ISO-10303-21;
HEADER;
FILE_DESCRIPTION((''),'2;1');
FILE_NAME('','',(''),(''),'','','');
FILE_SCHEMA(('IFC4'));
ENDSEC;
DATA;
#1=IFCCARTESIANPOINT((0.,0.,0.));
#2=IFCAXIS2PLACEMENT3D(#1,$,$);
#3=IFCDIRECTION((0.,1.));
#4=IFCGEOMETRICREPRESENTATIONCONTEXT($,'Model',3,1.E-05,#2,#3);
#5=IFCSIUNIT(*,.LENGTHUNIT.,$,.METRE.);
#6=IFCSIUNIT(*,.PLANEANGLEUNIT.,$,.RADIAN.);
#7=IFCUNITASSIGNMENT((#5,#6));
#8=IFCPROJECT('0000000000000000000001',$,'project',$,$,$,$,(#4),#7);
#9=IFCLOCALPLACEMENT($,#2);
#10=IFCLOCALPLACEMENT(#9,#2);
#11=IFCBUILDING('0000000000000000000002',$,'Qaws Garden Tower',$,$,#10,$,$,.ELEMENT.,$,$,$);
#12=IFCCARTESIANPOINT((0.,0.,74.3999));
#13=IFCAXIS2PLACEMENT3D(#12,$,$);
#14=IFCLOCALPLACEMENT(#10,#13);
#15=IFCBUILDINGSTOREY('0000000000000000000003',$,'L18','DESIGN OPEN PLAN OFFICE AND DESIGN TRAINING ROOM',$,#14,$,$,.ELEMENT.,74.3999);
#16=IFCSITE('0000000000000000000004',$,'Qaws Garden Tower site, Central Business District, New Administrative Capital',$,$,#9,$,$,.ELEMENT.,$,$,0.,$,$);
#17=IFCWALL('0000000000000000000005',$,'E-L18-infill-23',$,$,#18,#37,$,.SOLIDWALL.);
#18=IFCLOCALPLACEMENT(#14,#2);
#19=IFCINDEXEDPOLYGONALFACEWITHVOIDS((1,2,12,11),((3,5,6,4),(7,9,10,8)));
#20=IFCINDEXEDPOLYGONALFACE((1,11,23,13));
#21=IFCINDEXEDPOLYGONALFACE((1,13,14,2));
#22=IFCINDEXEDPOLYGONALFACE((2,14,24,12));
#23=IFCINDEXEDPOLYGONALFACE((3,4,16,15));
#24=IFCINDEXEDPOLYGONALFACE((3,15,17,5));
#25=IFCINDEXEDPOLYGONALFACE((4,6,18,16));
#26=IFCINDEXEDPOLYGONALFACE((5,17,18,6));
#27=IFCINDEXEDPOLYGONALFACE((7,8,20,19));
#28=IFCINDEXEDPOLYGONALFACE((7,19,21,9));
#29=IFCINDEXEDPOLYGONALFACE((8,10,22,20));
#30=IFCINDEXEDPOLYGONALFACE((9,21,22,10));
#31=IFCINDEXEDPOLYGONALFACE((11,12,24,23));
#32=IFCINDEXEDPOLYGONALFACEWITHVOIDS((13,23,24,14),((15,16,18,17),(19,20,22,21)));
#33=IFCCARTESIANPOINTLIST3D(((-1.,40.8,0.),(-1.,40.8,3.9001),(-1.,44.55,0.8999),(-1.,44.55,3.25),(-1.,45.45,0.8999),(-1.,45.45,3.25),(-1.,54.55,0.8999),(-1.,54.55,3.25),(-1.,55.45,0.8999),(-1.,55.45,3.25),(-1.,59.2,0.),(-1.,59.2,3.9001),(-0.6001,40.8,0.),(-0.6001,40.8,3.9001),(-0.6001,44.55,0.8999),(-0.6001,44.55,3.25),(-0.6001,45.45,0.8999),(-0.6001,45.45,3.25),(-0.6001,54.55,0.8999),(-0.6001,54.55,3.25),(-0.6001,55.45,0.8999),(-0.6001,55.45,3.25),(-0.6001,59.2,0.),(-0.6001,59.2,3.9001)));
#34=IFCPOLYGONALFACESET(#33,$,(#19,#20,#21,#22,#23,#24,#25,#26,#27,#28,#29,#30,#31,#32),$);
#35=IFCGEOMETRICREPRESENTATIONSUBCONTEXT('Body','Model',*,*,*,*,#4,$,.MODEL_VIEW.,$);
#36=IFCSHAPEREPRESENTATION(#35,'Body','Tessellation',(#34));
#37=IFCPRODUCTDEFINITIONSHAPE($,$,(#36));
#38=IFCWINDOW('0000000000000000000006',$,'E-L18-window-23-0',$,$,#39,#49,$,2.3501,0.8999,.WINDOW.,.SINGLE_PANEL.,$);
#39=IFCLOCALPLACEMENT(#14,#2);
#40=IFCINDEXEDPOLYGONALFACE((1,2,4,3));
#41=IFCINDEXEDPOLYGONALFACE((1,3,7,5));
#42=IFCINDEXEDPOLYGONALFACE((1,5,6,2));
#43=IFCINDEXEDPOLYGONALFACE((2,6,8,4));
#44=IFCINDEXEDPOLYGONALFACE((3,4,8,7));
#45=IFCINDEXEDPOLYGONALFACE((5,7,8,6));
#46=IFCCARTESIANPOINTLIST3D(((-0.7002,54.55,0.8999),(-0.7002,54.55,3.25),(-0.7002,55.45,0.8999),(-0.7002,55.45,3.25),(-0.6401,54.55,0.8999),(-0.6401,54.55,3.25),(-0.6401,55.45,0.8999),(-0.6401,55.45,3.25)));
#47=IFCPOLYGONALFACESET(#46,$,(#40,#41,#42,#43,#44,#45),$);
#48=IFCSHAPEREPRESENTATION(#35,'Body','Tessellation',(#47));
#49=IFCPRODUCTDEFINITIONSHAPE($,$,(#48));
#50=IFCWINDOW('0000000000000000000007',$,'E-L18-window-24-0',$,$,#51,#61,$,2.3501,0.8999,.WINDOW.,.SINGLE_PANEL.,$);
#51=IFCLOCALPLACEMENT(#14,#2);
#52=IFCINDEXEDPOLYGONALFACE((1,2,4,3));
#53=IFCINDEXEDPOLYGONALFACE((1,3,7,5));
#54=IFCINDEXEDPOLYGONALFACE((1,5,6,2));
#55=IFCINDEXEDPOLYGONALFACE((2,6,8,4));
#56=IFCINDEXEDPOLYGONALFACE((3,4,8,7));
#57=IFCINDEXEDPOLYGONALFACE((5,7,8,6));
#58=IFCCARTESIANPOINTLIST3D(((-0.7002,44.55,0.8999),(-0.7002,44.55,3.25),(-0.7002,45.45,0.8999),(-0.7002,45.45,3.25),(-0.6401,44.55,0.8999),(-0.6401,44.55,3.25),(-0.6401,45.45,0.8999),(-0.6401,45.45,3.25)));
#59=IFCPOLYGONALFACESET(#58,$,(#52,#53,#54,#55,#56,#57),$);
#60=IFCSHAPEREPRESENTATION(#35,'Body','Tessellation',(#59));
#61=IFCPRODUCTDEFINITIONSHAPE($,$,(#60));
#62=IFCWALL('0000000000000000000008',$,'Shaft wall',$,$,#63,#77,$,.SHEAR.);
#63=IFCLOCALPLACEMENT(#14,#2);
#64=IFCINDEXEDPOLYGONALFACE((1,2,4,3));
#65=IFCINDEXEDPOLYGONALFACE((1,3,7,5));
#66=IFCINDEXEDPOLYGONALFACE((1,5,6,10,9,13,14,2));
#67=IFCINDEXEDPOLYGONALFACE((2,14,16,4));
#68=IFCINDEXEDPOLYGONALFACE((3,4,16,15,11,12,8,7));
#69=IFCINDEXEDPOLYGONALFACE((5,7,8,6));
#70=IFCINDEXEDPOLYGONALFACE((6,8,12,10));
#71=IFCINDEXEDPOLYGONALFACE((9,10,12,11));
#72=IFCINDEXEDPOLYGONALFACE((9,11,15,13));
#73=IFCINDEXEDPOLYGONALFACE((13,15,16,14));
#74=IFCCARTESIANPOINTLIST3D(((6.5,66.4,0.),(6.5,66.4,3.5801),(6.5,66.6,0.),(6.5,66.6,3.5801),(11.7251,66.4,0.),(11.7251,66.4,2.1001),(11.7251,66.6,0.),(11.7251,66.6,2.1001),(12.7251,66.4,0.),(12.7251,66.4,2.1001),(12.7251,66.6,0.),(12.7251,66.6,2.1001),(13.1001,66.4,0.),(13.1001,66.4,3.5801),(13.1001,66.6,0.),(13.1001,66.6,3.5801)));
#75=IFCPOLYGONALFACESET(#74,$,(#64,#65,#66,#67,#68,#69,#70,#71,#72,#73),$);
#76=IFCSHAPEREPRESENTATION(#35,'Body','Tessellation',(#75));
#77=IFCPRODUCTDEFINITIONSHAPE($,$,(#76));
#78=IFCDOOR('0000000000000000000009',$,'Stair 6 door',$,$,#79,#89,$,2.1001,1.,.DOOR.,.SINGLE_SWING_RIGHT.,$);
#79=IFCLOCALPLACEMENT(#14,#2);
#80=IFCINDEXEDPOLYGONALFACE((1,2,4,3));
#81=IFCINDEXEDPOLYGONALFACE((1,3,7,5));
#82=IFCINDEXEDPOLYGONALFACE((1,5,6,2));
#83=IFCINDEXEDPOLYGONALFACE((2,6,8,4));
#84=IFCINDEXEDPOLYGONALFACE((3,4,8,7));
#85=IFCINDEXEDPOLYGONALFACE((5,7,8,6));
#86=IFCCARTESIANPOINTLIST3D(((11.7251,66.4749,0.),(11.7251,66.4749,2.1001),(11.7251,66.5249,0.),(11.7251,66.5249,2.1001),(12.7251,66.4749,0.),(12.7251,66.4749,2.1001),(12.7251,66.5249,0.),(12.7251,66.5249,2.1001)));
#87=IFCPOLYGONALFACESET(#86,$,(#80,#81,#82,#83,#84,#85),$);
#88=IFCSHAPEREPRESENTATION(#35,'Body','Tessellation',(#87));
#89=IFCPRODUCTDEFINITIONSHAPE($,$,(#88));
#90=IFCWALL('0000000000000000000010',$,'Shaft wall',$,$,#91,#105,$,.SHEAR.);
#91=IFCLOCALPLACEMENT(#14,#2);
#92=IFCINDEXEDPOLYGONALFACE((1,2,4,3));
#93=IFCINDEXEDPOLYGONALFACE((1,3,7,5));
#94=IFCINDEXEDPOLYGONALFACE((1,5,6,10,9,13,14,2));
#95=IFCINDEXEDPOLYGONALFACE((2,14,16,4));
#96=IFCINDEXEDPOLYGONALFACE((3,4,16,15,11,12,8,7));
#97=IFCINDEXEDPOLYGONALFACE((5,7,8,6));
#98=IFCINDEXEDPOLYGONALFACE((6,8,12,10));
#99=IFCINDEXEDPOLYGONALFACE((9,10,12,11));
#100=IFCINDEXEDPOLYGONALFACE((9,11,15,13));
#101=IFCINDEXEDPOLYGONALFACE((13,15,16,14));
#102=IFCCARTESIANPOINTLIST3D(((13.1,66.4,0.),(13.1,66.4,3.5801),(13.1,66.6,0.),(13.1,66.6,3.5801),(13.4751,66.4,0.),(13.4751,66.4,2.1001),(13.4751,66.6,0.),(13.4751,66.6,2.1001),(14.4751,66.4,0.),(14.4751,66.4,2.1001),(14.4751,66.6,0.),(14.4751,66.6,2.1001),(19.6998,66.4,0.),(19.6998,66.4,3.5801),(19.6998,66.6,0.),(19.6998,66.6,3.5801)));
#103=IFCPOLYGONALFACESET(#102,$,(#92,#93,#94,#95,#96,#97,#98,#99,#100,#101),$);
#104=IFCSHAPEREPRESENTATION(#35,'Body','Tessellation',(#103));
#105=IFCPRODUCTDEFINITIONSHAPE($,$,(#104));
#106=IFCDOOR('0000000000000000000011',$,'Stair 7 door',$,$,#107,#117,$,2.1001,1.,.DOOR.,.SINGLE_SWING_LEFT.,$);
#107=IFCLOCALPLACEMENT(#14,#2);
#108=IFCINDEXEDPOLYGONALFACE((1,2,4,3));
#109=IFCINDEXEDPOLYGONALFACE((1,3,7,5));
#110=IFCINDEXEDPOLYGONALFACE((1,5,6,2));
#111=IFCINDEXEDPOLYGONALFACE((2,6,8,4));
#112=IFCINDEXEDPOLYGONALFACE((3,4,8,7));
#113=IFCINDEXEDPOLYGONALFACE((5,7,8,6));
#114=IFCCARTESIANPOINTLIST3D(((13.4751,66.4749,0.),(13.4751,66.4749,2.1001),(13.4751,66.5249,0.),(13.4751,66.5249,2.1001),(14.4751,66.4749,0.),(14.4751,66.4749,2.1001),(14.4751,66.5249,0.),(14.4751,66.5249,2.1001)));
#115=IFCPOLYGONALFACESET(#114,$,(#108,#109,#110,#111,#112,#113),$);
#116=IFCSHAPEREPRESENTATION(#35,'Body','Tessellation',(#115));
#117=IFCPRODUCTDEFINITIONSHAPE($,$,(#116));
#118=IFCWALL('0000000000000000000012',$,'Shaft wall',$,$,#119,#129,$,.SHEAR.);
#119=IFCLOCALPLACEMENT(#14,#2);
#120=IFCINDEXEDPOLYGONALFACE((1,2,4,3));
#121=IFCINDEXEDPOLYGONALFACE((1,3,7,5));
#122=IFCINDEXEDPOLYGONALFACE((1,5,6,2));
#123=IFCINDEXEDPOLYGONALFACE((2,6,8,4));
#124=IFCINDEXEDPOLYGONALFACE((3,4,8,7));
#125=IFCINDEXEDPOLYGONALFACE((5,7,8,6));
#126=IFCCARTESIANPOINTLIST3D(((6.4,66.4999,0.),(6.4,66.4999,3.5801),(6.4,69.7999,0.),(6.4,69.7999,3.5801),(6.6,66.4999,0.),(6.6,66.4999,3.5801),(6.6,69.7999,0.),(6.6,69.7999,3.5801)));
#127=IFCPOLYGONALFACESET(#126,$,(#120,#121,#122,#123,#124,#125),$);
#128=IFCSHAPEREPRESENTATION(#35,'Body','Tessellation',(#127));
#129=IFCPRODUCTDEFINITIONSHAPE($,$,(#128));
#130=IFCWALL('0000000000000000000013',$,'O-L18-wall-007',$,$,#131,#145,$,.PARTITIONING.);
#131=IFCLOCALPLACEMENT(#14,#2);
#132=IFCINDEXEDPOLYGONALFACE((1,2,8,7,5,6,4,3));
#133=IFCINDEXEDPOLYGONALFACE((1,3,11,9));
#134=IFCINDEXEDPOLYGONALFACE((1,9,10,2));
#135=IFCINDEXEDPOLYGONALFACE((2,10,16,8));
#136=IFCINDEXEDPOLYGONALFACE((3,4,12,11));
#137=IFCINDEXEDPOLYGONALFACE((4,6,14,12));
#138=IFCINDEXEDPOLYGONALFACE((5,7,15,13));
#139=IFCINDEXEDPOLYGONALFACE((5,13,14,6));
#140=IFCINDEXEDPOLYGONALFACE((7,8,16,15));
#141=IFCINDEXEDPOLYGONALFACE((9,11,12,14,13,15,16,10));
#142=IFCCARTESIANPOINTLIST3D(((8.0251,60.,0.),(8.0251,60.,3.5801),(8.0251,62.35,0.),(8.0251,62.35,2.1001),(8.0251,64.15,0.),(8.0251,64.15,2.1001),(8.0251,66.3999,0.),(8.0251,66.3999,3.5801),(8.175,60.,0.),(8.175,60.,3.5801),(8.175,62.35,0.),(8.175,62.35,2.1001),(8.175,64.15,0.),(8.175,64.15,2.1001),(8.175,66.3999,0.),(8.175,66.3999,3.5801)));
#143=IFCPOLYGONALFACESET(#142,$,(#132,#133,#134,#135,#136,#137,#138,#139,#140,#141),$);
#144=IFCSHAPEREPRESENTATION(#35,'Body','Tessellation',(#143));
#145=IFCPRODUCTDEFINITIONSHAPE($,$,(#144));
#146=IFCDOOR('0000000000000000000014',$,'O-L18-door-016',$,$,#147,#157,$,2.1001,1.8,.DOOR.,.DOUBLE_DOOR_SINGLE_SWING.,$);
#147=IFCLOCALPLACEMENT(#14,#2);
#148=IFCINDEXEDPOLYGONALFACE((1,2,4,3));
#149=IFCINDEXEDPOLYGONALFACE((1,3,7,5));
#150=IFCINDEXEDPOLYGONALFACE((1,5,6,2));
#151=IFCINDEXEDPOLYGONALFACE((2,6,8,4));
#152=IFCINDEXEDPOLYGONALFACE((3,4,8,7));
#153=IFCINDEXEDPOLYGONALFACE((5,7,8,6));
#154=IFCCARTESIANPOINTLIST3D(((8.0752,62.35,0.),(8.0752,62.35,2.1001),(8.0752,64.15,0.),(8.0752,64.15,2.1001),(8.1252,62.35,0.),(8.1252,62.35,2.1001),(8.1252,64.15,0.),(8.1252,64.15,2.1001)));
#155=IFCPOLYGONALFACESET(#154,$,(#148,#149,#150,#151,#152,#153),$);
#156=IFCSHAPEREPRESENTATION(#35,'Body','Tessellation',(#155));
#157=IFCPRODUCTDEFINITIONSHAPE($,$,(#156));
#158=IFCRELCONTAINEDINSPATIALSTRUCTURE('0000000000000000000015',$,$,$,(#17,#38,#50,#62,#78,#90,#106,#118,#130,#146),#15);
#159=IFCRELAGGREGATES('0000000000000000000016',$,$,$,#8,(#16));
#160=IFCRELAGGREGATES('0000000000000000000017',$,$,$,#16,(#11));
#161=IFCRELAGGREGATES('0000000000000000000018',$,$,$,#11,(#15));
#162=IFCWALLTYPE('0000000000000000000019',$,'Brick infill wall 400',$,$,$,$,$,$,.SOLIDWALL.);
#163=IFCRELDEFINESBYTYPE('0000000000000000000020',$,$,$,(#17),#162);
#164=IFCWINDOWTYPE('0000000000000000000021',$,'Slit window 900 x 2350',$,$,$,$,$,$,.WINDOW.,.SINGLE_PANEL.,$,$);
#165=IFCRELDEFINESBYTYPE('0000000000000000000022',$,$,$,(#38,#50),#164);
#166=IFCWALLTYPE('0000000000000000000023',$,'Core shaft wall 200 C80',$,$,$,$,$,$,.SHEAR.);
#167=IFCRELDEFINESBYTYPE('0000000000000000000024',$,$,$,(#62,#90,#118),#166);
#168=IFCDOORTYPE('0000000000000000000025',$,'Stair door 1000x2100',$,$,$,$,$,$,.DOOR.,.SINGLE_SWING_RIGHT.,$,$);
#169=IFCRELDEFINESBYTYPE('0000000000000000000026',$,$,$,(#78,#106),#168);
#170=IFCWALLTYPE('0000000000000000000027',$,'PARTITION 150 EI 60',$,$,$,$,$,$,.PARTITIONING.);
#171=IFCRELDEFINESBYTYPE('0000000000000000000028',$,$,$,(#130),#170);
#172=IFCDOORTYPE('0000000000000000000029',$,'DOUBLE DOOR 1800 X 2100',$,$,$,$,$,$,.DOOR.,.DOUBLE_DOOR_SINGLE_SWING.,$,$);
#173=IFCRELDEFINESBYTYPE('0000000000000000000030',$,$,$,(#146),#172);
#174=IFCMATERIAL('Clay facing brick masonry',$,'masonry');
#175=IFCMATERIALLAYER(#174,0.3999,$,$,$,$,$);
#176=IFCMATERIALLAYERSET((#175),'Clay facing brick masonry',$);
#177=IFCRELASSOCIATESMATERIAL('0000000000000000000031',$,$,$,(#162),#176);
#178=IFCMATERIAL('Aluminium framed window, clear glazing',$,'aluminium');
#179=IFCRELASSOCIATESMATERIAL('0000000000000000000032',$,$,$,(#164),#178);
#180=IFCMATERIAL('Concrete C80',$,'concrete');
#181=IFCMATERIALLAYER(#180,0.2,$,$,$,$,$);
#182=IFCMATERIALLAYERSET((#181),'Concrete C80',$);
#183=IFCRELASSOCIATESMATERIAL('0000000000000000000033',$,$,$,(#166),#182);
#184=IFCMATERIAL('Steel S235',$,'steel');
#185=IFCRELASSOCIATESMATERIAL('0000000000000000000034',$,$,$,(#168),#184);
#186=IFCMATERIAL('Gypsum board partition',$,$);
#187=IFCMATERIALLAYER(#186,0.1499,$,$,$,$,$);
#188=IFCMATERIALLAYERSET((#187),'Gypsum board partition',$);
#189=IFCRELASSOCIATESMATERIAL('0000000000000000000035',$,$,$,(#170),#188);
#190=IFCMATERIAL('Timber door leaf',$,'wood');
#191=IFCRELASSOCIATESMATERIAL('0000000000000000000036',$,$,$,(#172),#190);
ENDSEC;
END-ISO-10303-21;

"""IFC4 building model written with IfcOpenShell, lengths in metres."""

from ifc_helpers import new_model, si_unit, direction, frame, frame_2d, origin, place, context, subcontext, project, spatial, rectangle, extrude, material, layer, layer_set, type_object, element, fill, save


model = new_model("IFC4")

# Units and contexts
model_context = context("Model", 3, precision=1e-05, world=origin(), true_north=direction((0.0, 1.0)))
body_context = subcontext(model_context, "Body", "Model", "MODEL_VIEW")
ifc_project = project(units=[si_unit("LENGTHUNIT", "METRE"), si_unit("PLANEANGLEUNIT", "RADIAN")], contexts=[model_context])

# Site, building, storey
site_placement = place(None, origin())
site = spatial("IfcSite", under=ifc_project, at=site_placement, Name="Qaws Garden Tower site, Central Business District, New Administrative Capital", CompositionType="ELEMENT", RefElevation=0.0)
building_placement = place(site_placement, origin())
building = spatial("IfcBuilding", under=site, at=building_placement, Name="Qaws Garden Tower", CompositionType="ELEMENT")
storey_placement = place(building_placement, frame((0.0, 0.0, 74.3999)))
storey = spatial("IfcBuildingStorey", under=building, at=storey_placement, Name="L18", Description="DESIGN OPEN PLAN OFFICE AND DESIGN TRAINING ROOM", CompositionType="ELEMENT", Elevation=74.3999)

# Shared definitions
ifc_material_1 = material(Name="Clay facing brick masonry", Category="masonry")
ifc_layer_1 = layer(ifc_material_1, 0.3999)
ifc_layer_set_1 = layer_set([ifc_layer_1], Name="Clay facing brick masonry")
wall_type_1 = type_object("IfcWallType", Name="Brick infill wall 400", PredefinedType="SOLIDWALL", material=ifc_layer_set_1)

# Wall, openings, windows
wall_1_placement = place(storey_placement, frame((-0.8, 59.2, 0.0), z_axis=(0.0, 0.0, 1.0), x_axis=(0.0, -1.0, 0.0)))
wall_1 = element("IfcWall", 1, at=wall_1_placement, inside=storey, type_object=wall_type_1, Name="E-L18-infill-23", PredefinedType="SOLIDWALL", context=body_context, shape_type="SweptSolid", body=[
    extrude(rectangle(XDim=18.3999, YDim=0.3999, at=frame_2d((9.2, 0.0))), origin(), (0.0, 0.0, 1.0), 3.9001),
])
opening_1_placement = place(wall_1_placement, frame((3.75, 0.0, 0.8999)))
opening_1 = element("IfcOpeningElement", 2, at=opening_1_placement, cuts=wall_1, PredefinedType="OPENING", context=body_context, shape_type="SweptSolid", body=[
    extrude(rectangle(XDim=0.8999, YDim=2.3501, at=frame_2d((0.45, 1.175))), frame((0.0, 0.21, 0.0), z_axis=(0.0, -1.0, 0.0), x_axis=(1.0, 0.0, 0.0)), (0.0, 0.0, 1.0), 0.4199),
])
opening_2_placement = place(wall_1_placement, frame((13.75, 0.0, 0.8999)))
opening_2 = element("IfcOpeningElement", 3, at=opening_2_placement, cuts=wall_1, PredefinedType="OPENING", context=body_context, shape_type="SweptSolid", body=[
    extrude(rectangle(XDim=0.8999, YDim=2.3501, at=frame_2d((0.45, 1.175))), frame((0.0, 0.21, 0.0), z_axis=(0.0, -1.0, 0.0), x_axis=(1.0, 0.0, 0.0)), (0.0, 0.0, 1.0), 0.4199),
])
ifc_material_2 = material(Name="Aluminium framed window, clear glazing", Category="aluminium")
window_type_1 = type_object("IfcWindowType", Name="Slit window 900 x 2350", PartitioningType="SINGLE_PANEL", PredefinedType="WINDOW", material=ifc_material_2)
window_1_placement = place(opening_1_placement, origin())
window_1 = element("IfcWindow", 4, at=window_1_placement, inside=storey, type_object=window_type_1, Name="E-L18-window-23-0", OverallHeight=2.3501, OverallWidth=0.8999, PartitioningType="SINGLE_PANEL", PredefinedType="WINDOW", context=body_context, shape_type="SweptSolid", body=[
    extrude(rectangle(XDim=0.8999, YDim=2.3501, at=frame_2d((0.45, 1.175))), frame((0.0, 0.1599, 0.0), z_axis=(0.0, -1.0, 0.0), x_axis=(1.0, 0.0, 0.0)), (0.0, 0.0, 1.0), 0.0601),
])
fill(opening_1, window_1)
window_2_placement = place(opening_2_placement, origin())
window_2 = element("IfcWindow", 5, at=window_2_placement, inside=storey, type_object=window_type_1, Name="E-L18-window-24-0", OverallHeight=2.3501, OverallWidth=0.8999, PartitioningType="SINGLE_PANEL", PredefinedType="WINDOW", context=body_context, shape_type="SweptSolid", body=[
    extrude(rectangle(XDim=0.8999, YDim=2.3501, at=frame_2d((0.45, 1.175))), frame((0.0, 0.1599, 0.0), z_axis=(0.0, -1.0, 0.0), x_axis=(1.0, 0.0, 0.0)), (0.0, 0.0, 1.0), 0.0601),
])
fill(opening_2, window_2)

# Walls, openings, doors
ifc_material_3 = material(Name="Concrete C80", Category="concrete")
ifc_layer_2 = layer(ifc_material_3, 0.2)
ifc_layer_set_2 = layer_set([ifc_layer_2], Name="Concrete C80")
wall_type_2 = type_object("IfcWallType", Name="Core shaft wall 200 C80", PredefinedType="SHEAR", material=ifc_layer_set_2)
wall_2_placement = place(storey_placement, frame((6.5, 66.5, 0.0), z_axis=(0.0, 0.0, 1.0), x_axis=(1.0, 0.0, 0.0)))
wall_2 = element("IfcWall", 6, at=wall_2_placement, inside=storey, type_object=wall_type_2, Name="Shaft wall", PredefinedType="SHEAR", context=body_context, shape_type="SweptSolid", body=[
    extrude(rectangle(XDim=6.6001, YDim=0.2, at=frame_2d((3.3, 0.0))), origin(), (0.0, 0.0, 1.0), 3.5801),
])
opening_3_placement = place(wall_2_placement, frame((5.2251, 0.0, 0.0)))
opening_3 = element("IfcOpeningElement", 7, at=opening_3_placement, cuts=wall_2, PredefinedType="OPENING", context=body_context, shape_type="SweptSolid", body=[
    extrude(rectangle(XDim=1.0, YDim=2.1001, at=frame_2d((0.5, 1.05))), frame((0.0, 0.1099, 0.0), z_axis=(0.0, -1.0, 0.0), x_axis=(1.0, 0.0, 0.0)), (0.0, 0.0, 1.0), 0.22),
])
ifc_material_4 = material(Name="Steel S235", Category="steel")
door_type_1 = type_object("IfcDoorType", Name="Stair door 1000x2100", OperationType="SINGLE_SWING_RIGHT", PredefinedType="DOOR", material=ifc_material_4)
door_1_placement = place(opening_3_placement, origin())
door_1 = element("IfcDoor", 8, at=door_1_placement, inside=storey, type_object=door_type_1, Name="Stair 6 door", OperationType="SINGLE_SWING_RIGHT", OverallHeight=2.1001, OverallWidth=1.0, PredefinedType="DOOR", context=body_context, shape_type="SweptSolid", body=[
    extrude(rectangle(XDim=1.0, YDim=2.1001, at=frame_2d((0.5, 1.05))), frame((0.0, 0.0249, 0.0), z_axis=(0.0, -1.0, 0.0), x_axis=(1.0, 0.0, 0.0)), (0.0, 0.0, 1.0), 0.05),
])
fill(opening_3, door_1)
wall_3_placement = place(storey_placement, frame((13.1001, 66.5, 0.0), z_axis=(0.0, 0.0, 1.0), x_axis=(1.0, 0.0, 0.0)))
wall_3 = element("IfcWall", 9, at=wall_3_placement, inside=storey, type_object=wall_type_2, Name="Shaft wall", PredefinedType="SHEAR", context=body_context, shape_type="SweptSolid", body=[
    extrude(rectangle(XDim=6.5999, YDim=0.2, at=frame_2d((3.2998, 0.0))), origin(), (0.0, 0.0, 1.0), 3.5801),
])
opening_4_placement = place(wall_3_placement, frame((0.375, 0.0, 0.0)))
opening_4 = element("IfcOpeningElement", 10, at=opening_4_placement, cuts=wall_3, PredefinedType="OPENING", context=body_context, shape_type="SweptSolid", body=[
    extrude(rectangle(XDim=1.0, YDim=2.1001, at=frame_2d((0.5, 1.05))), frame((0.0, 0.1099, 0.0), z_axis=(0.0, -1.0, 0.0), x_axis=(1.0, 0.0, 0.0)), (0.0, 0.0, 1.0), 0.22),
])
door_2_placement = place(opening_4_placement, origin())
door_2 = element("IfcDoor", 11, at=door_2_placement, inside=storey, type_object=door_type_1, Name="Stair 7 door", OperationType="SINGLE_SWING_LEFT", OverallHeight=2.1001, OverallWidth=1.0, PredefinedType="DOOR", context=body_context, shape_type="SweptSolid", body=[
    extrude(rectangle(XDim=1.0, YDim=2.1001, at=frame_2d((0.5, 1.05))), frame((0.0, 0.0249, 0.0), z_axis=(0.0, -1.0, 0.0), x_axis=(1.0, 0.0, 0.0)), (0.0, 0.0, 1.0), 0.05),
])
fill(opening_4, door_2)

# Wall
wall_4_placement = place(storey_placement, frame((6.5, 66.5, 0.0), z_axis=(0.0, 0.0, 1.0), x_axis=(0.0, 1.0, 0.0)))
element("IfcWall", 12, at=wall_4_placement, inside=storey, type_object=wall_type_2, Name="Shaft wall", PredefinedType="SHEAR", context=body_context, shape_type="SweptSolid", body=[
    extrude(rectangle(XDim=3.3, YDim=0.2, at=frame_2d((1.6499, 0.0))), origin(), (0.0, 0.0, 1.0), 3.5801),
])

# Wall, opening, door
ifc_material_5 = material(Name="Gypsum board partition")
ifc_layer_3 = layer(ifc_material_5, 0.1499)
ifc_layer_set_3 = layer_set([ifc_layer_3], Name="Gypsum board partition")
wall_type_3 = type_object("IfcWallType", Name="PARTITION 150 EI 60", PredefinedType="PARTITIONING", material=ifc_layer_set_3)
wall_5_placement = place(storey_placement, frame((8.1001, 60.0, 0.0), z_axis=(0.0, 0.0, 1.0), x_axis=(0.0, 1.0, 0.0)))
wall_5 = element("IfcWall", 13, at=wall_5_placement, inside=storey, type_object=wall_type_3, Name="O-L18-wall-007", PredefinedType="PARTITIONING", context=body_context, shape_type="SweptSolid", body=[
    extrude(rectangle(XDim=6.3999, YDim=0.1499, at=frame_2d((3.2, 0.0))), origin(), (0.0, 0.0, 1.0), 3.5801),
])
opening_5_placement = place(wall_5_placement, frame((2.3501, 0.0, 0.0)))
opening_5 = element("IfcOpeningElement", 14, at=opening_5_placement, cuts=wall_5, PredefinedType="OPENING", context=body_context, shape_type="SweptSolid", body=[
    extrude(rectangle(XDim=1.8, YDim=2.1001, at=frame_2d((0.8999, 1.05))), frame((0.0, 0.085, 0.0), z_axis=(0.0, -1.0, 0.0), x_axis=(1.0, 0.0, 0.0)), (0.0, 0.0, 1.0), 0.1699),
])
ifc_material_6 = material(Name="Timber door leaf", Category="wood")
door_type_2 = type_object("IfcDoorType", Name="DOUBLE DOOR 1800 X 2100", OperationType="DOUBLE_DOOR_SINGLE_SWING", PredefinedType="DOOR", material=ifc_material_6)
door_3_placement = place(opening_5_placement, origin())
door_3 = element("IfcDoor", 15, at=door_3_placement, inside=storey, type_object=door_type_2, Name="O-L18-door-016", OperationType="DOUBLE_DOOR_SINGLE_SWING", OverallHeight=2.1001, OverallWidth=1.8, PredefinedType="DOOR", context=body_context, shape_type="SweptSolid", body=[
    extrude(rectangle(XDim=1.8, YDim=2.1001, at=frame_2d((0.8999, 1.05))), frame((0.0, 0.0249, 0.0), z_axis=(0.0, -1.0, 0.0), x_axis=(1.0, 0.0, 0.0)), (0.0, 0.0, 1.0), 0.05),
])
fill(opening_5, door_3)

save(model, "model.ifc")
